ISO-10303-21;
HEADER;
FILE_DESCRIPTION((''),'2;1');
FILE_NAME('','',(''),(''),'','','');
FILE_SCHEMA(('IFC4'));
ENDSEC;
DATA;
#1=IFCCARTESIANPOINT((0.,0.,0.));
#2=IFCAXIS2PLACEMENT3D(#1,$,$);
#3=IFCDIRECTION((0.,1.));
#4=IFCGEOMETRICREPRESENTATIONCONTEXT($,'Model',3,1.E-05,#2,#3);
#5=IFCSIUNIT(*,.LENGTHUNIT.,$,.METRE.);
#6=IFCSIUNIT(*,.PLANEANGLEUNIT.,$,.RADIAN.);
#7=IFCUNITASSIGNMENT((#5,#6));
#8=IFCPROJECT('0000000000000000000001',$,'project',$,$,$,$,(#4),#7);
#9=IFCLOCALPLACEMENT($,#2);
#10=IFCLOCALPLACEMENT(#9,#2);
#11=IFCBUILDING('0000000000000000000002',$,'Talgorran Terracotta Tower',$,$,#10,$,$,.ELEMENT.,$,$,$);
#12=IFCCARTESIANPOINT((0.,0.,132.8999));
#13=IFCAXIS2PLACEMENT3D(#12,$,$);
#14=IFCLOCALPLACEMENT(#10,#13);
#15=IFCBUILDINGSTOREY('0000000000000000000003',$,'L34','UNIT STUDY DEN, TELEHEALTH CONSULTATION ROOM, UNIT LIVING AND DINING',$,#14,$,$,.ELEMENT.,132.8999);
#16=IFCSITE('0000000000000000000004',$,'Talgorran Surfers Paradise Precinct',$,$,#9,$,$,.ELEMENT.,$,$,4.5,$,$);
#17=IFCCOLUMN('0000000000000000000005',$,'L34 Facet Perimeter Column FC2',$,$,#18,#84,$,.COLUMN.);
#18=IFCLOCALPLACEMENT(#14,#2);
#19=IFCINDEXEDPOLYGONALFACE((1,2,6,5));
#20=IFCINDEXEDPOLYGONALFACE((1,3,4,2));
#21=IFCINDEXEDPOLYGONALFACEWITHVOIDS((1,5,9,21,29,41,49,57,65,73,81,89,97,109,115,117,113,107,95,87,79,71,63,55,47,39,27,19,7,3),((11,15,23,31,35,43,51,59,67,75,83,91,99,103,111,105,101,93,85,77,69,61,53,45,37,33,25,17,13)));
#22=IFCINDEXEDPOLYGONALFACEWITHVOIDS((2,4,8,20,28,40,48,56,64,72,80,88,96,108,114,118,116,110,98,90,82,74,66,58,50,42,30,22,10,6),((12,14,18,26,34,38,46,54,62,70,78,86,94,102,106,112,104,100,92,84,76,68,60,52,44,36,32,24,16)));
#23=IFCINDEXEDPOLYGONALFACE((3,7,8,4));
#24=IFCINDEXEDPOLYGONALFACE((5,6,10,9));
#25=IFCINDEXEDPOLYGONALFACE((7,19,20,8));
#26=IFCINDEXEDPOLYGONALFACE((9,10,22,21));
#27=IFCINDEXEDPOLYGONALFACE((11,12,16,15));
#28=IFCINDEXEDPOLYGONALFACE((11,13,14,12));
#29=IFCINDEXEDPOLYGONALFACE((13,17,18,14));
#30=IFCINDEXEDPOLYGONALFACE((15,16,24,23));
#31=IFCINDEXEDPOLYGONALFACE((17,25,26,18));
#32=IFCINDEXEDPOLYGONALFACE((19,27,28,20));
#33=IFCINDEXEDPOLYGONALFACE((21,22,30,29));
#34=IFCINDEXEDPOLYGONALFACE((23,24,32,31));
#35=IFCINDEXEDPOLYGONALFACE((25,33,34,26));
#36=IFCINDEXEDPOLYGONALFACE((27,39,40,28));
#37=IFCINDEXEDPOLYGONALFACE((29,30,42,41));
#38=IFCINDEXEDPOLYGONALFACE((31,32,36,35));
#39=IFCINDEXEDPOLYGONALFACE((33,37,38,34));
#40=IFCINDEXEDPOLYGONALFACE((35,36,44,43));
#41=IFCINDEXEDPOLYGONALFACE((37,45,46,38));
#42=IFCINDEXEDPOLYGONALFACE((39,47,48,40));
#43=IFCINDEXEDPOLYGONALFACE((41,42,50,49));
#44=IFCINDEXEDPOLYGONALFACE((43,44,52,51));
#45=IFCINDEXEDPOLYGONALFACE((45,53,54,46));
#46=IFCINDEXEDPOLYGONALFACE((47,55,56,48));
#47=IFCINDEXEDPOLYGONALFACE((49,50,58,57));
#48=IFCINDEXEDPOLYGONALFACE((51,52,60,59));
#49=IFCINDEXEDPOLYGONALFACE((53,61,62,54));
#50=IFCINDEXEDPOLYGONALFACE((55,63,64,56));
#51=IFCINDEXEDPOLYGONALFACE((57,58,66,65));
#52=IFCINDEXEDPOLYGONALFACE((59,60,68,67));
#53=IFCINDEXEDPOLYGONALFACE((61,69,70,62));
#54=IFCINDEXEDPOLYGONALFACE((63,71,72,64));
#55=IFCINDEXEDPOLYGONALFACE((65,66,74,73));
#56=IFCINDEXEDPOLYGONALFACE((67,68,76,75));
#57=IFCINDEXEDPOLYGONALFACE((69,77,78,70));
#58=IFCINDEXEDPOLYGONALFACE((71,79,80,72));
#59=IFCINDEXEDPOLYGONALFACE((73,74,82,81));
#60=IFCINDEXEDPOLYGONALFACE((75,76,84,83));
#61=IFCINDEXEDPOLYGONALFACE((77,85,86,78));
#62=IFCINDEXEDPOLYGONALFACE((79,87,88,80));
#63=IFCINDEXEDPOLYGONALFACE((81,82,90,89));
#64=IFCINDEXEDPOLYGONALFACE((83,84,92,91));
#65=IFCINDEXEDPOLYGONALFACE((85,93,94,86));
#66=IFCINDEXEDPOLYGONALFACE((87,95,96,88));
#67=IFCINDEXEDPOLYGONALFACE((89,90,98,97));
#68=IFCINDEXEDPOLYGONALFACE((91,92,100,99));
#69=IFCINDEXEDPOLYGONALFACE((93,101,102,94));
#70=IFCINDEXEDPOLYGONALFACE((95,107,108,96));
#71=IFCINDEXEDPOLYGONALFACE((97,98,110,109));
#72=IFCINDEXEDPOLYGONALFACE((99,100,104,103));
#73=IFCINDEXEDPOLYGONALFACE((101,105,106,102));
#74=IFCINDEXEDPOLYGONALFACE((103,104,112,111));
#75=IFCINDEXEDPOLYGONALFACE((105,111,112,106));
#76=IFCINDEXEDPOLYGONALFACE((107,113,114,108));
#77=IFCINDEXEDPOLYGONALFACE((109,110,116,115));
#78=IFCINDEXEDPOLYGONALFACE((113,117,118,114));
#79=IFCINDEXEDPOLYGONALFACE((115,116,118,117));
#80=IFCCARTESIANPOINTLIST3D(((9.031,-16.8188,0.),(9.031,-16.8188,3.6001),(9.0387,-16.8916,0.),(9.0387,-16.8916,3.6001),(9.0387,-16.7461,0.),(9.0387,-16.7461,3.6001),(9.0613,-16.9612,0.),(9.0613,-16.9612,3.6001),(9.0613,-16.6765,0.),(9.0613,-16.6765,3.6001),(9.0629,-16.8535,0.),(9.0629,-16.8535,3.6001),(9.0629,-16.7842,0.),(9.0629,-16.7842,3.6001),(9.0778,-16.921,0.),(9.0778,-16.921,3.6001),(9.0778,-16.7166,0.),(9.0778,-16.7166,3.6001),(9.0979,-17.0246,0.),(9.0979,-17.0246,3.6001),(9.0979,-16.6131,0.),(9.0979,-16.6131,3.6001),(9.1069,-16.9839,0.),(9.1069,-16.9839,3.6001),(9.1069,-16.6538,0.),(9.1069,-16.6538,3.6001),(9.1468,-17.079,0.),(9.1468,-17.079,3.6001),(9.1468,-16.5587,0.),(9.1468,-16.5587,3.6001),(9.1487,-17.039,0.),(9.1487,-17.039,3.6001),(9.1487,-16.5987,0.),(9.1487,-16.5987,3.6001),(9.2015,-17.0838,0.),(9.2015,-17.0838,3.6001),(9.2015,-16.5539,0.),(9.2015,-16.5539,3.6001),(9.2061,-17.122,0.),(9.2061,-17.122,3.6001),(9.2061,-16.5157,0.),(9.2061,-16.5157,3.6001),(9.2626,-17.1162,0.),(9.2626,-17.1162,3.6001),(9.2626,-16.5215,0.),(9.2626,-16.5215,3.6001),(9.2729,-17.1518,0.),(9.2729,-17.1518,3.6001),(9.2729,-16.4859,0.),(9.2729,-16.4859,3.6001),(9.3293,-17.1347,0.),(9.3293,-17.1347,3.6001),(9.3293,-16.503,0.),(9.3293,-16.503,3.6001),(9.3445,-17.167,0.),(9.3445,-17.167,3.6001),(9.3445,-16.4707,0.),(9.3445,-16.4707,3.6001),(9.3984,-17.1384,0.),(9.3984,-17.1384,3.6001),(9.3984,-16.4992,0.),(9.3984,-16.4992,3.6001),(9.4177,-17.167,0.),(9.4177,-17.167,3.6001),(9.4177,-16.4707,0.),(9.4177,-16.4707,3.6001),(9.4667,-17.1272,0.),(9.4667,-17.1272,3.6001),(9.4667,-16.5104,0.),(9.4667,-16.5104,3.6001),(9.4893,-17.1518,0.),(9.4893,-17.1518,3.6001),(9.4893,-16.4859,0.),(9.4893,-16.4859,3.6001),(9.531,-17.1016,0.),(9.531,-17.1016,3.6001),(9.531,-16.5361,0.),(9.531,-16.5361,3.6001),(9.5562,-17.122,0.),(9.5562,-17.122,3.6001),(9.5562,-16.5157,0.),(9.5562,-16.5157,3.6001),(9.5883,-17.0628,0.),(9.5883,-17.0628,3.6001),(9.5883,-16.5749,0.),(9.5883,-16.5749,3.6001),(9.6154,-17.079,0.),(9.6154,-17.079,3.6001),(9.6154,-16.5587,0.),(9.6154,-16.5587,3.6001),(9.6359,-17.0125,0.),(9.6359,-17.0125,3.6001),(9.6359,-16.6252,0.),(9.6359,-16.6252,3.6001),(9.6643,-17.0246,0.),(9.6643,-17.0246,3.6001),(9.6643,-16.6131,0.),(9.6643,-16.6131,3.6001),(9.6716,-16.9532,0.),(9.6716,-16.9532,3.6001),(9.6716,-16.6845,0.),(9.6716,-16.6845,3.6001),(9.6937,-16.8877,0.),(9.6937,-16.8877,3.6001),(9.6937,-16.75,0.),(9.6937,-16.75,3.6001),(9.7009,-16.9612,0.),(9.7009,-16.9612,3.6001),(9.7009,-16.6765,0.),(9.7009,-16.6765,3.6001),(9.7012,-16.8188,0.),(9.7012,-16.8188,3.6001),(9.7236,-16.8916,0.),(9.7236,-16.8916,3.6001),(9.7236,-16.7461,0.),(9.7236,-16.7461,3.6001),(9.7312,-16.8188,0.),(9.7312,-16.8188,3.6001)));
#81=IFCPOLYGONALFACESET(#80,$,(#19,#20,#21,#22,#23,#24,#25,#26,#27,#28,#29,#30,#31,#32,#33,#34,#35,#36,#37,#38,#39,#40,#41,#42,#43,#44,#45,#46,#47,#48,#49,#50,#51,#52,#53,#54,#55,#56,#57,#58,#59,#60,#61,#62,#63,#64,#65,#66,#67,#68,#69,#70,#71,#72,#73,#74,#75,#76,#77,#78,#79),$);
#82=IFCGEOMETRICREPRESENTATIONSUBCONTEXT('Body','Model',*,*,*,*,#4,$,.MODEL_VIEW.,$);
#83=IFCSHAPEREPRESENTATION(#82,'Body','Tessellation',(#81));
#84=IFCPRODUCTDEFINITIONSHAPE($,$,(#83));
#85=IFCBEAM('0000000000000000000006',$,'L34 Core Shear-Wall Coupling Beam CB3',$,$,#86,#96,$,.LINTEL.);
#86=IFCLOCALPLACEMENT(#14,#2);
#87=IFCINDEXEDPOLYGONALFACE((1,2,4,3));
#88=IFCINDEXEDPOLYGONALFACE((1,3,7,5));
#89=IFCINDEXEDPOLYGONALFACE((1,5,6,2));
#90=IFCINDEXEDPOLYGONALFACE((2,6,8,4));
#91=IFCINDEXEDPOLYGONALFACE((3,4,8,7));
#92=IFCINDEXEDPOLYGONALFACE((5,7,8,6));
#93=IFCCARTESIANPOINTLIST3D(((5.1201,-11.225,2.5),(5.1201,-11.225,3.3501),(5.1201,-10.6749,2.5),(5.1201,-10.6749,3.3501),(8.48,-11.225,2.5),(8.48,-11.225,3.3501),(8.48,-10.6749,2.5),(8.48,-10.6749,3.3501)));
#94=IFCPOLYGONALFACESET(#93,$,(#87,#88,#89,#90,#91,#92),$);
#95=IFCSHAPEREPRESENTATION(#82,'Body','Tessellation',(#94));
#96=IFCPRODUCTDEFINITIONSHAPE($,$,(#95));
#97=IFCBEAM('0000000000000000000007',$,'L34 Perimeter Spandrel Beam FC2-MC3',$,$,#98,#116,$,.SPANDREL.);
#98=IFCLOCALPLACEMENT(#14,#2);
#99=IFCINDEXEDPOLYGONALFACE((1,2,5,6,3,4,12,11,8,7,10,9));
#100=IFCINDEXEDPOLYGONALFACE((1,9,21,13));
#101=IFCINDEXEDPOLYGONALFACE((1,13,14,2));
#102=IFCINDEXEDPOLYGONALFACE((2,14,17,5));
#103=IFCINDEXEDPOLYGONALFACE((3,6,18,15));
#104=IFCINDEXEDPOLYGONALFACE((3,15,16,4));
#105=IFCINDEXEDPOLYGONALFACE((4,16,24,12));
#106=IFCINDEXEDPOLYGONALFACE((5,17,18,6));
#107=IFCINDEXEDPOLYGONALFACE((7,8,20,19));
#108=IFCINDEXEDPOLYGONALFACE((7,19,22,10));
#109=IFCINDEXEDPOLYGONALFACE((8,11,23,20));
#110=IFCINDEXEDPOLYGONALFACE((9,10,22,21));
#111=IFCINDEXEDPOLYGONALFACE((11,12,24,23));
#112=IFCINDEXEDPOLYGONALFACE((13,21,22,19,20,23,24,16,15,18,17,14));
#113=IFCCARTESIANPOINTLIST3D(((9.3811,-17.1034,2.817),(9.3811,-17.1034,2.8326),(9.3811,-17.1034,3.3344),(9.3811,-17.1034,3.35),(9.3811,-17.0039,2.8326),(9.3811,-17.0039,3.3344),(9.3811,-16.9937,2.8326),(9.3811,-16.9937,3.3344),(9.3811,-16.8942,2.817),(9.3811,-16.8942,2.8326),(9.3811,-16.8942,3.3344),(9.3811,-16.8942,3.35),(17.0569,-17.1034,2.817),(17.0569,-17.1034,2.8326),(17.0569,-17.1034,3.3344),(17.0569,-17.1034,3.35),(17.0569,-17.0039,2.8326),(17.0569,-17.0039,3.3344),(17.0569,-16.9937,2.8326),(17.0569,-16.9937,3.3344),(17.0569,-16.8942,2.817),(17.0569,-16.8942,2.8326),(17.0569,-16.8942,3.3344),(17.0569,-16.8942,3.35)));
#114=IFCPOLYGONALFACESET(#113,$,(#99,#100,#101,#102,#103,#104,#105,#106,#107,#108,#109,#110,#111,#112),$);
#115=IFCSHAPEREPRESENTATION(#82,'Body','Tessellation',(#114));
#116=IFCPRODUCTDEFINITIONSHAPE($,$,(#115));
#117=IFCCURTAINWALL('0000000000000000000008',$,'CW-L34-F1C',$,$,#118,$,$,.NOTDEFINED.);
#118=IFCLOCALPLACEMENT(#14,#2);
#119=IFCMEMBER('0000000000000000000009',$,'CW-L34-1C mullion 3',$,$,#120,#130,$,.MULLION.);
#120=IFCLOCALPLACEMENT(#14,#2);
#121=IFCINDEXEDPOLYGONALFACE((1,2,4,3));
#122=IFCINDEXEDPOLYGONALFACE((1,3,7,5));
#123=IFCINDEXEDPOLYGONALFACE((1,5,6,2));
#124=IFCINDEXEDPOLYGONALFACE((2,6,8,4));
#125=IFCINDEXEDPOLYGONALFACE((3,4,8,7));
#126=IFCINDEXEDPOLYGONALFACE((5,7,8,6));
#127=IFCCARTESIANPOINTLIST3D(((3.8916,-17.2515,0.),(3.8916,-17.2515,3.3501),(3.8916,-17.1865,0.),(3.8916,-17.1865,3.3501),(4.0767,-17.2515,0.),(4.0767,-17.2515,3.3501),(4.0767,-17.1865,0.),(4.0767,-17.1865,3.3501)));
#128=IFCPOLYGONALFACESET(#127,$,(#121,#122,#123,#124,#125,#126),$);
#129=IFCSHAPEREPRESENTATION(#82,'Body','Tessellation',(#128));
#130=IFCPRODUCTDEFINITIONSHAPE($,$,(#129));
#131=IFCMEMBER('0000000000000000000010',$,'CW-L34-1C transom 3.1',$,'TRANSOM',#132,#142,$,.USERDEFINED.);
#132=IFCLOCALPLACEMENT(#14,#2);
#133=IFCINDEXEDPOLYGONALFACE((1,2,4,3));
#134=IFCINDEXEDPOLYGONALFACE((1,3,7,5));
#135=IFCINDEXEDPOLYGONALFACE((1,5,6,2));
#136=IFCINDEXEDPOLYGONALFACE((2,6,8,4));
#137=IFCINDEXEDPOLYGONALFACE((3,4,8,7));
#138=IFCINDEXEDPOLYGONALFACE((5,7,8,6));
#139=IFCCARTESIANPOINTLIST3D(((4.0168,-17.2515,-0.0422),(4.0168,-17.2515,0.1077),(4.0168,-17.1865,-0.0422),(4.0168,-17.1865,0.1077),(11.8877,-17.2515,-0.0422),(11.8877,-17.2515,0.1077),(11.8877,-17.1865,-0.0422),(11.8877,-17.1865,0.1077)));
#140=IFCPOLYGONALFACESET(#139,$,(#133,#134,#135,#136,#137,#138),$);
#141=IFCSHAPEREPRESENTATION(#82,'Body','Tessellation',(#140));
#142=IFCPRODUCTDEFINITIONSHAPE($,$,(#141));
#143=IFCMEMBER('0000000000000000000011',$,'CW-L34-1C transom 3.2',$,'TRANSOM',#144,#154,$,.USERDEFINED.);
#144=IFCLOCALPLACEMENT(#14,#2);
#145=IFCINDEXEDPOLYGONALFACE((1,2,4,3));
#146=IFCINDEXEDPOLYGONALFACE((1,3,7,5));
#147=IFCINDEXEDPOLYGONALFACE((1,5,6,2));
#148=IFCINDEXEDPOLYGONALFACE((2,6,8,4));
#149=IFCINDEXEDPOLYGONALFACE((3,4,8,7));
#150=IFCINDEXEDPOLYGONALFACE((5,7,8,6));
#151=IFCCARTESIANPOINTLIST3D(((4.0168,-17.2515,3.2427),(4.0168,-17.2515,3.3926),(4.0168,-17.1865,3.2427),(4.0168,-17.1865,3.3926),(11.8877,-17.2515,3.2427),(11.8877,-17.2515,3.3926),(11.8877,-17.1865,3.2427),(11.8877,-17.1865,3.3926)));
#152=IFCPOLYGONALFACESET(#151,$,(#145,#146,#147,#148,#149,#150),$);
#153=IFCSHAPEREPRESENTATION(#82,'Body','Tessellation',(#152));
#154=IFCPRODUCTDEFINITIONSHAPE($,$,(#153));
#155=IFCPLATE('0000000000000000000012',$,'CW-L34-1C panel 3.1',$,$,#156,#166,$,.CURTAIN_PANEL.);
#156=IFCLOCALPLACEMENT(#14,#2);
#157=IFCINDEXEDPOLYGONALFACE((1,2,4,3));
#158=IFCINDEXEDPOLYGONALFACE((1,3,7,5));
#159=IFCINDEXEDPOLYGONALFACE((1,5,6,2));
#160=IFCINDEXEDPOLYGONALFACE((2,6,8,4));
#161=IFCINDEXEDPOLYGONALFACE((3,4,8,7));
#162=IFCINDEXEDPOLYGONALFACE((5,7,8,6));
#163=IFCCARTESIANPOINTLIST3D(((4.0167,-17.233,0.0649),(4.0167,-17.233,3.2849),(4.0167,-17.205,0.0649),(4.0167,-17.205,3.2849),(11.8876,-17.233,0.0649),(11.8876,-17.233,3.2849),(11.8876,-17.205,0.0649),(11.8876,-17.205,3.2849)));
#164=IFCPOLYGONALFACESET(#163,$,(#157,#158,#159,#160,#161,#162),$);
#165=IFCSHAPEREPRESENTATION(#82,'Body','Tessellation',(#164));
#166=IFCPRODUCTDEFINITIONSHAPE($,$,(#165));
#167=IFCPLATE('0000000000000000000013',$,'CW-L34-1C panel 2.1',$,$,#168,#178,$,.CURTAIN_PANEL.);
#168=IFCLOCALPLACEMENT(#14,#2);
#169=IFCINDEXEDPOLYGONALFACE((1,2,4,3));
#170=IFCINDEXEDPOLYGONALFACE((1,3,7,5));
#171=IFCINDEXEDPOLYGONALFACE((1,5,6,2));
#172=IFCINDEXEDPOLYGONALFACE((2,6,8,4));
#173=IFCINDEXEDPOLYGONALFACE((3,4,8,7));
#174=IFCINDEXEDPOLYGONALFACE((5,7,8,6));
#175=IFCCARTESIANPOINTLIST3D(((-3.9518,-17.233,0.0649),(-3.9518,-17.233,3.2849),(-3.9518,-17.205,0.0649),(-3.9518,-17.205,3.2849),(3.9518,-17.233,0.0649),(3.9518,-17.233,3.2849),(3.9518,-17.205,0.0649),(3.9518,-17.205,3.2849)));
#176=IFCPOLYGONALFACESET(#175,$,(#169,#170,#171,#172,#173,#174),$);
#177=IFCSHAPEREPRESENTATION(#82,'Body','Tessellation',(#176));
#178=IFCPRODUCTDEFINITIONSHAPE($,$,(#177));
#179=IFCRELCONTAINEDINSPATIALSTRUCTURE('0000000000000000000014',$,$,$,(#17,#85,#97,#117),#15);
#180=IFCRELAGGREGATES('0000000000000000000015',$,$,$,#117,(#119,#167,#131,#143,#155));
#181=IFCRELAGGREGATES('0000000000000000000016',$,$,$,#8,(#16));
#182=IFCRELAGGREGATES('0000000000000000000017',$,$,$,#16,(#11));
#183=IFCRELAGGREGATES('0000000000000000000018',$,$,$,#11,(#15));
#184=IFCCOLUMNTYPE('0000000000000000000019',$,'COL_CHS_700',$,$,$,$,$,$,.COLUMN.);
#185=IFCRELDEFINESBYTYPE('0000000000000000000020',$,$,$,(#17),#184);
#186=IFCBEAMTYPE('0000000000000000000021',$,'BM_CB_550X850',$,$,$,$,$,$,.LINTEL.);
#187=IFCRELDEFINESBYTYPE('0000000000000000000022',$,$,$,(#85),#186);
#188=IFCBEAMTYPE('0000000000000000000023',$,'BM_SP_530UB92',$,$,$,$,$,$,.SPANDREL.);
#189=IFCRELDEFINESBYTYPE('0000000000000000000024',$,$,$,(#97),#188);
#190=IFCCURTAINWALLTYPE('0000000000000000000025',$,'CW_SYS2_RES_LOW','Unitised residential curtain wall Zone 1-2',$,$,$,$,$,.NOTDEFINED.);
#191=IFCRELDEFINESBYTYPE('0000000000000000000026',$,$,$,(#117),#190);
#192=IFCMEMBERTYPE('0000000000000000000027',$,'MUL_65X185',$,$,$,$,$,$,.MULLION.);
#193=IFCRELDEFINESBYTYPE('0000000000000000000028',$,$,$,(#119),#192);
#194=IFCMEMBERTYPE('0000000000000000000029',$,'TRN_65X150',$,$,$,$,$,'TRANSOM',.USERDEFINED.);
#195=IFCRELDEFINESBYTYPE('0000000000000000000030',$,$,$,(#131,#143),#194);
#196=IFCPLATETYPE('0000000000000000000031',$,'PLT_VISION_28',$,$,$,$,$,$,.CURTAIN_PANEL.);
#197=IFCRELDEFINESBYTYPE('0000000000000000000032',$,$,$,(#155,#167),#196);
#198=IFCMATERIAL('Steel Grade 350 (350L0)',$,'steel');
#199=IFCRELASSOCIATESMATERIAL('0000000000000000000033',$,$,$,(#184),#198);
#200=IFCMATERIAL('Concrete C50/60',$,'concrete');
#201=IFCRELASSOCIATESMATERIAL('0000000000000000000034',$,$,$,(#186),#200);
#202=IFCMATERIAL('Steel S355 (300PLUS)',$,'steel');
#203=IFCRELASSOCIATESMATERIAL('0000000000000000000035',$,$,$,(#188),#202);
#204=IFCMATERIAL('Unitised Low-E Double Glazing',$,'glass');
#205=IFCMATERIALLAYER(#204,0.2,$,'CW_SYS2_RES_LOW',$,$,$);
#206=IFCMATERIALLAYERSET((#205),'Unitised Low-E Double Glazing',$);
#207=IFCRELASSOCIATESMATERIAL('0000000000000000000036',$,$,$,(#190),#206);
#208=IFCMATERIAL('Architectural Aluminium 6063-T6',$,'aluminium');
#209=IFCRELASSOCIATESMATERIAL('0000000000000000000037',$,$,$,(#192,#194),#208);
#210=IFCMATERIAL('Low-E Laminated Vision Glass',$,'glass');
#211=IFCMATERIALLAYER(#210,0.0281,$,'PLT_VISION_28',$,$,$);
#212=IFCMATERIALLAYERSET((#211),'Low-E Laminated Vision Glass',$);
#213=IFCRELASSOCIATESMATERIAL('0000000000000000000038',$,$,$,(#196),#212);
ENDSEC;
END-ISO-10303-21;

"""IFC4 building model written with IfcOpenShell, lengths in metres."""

from ifc_helpers import new_model, si_unit, direction, frame, origin, origin_2d, place, context, subcontext, project, spatial, rectangle, hollow_circle, i_section, extrude, source, transform, mapped, material, layer, layer_set, material_profile, profile_set, type_object, type_shapes, element, aggregate, save


model = new_model("IFC4")

# Units and contexts
model_context = context("Model", 3, precision=1e-05, world=origin(), true_north=direction((0.0, 1.0)))
body_context = subcontext(model_context, "Body", "Model", "MODEL_VIEW")
ifc_project = project(units=[si_unit("LENGTHUNIT", "METRE"), si_unit("PLANEANGLEUNIT", "RADIAN")], contexts=[model_context])

# Site, building, storey
site_placement = place(None, origin())
site = spatial("IfcSite", under=ifc_project, at=site_placement, Name="Talgorran Surfers Paradise Precinct", CompositionType="ELEMENT", RefElevation=4.5)
building_placement = place(site_placement, origin())
building = spatial("IfcBuilding", under=site, at=building_placement, Name="Talgorran Terracotta Tower", CompositionType="ELEMENT")
storey_placement = place(building_placement, frame((0.0, 0.0, 132.8999)))
storey = spatial("IfcBuildingStorey", under=building, at=storey_placement, Name="L34", Description="UNIT STUDY DEN, TELEHEALTH CONSULTATION ROOM, UNIT LIVING AND DINING", CompositionType="ELEMENT", Elevation=132.8999)

# Column
ifc_material_1 = material(Name="Steel Grade 350 (350L0)", Category="steel")
ifc_material_profile_1 = material_profile(ifc_material_1, hollow_circle(Radius=0.3501, WallThickness=0.03, at=origin_2d()), Name="CHS700X30")
ifc_profile_set_1 = profile_set([ifc_material_profile_1], Name="Steel Grade 350 (350L0)")
column_type = type_object("IfcColumnType", Name="COL_CHS_700", PredefinedType="COLUMN", material=ifc_profile_set_1)
column_placement = place(storey_placement, frame((9.3811, -16.8188, 0.0), z_axis=(0.0, 0.0, 1.0), x_axis=(1.0, 0.0, 0.0)))
element("IfcColumn", 1, at=column_placement, inside=storey, type_object=column_type, Name="L34 Facet Perimeter Column FC2", PredefinedType="COLUMN", context=body_context, shape_type="SweptSolid", body=[
    extrude(hollow_circle(Radius=0.3501, WallThickness=0.03, at=origin_2d()), origin(), (0.0, 0.0, 1.0), 3.6001),
])

# Beams
ifc_material_2 = material(Name="Concrete C50/60", Category="concrete")
ifc_material_profile_2 = material_profile(ifc_material_2, rectangle(XDim=0.55, YDim=0.8501, at=origin_2d()), Name="RCCB550X850")
ifc_profile_set_2 = profile_set([ifc_material_profile_2], Name="Concrete C50/60")
beam_type_1 = type_object("IfcBeamType", Name="BM_CB_550X850", PredefinedType="LINTEL", material=ifc_profile_set_2)
beam_1_placement = place(storey_placement, frame((5.1201, -10.95, 2.925), z_axis=(1.0, 0.0, 0.0), x_axis=(0.0, 1.0, 0.0)))
element("IfcBeam", 2, at=beam_1_placement, inside=storey, type_object=beam_type_1, Name="L34 Core Shear-Wall Coupling Beam CB3", PredefinedType="LINTEL", context=body_context, shape_type="SweptSolid", body=[
    extrude(rectangle(XDim=0.55, YDim=0.8501, at=origin_2d()), origin(), (0.0, 0.0, 1.0), 3.3599),
])
ifc_material_3 = material(Name="Steel S355 (300PLUS)", Category="steel")
ifc_material_profile_3 = material_profile(ifc_material_3, i_section(OverallWidth=0.2092, OverallDepth=0.533, WebThickness=0.0103, FlangeThickness=0.0156, at=origin_2d()), Name="530UB92.4")
ifc_profile_set_3 = profile_set([ifc_material_profile_3], Name="Steel S355 (300PLUS)")
beam_type_2 = type_object("IfcBeamType", Name="BM_SP_530UB92", PredefinedType="SPANDREL", material=ifc_profile_set_3)
beam_2_placement = place(storey_placement, frame((9.3811, -16.9988, 3.0835), z_axis=(1.0, 0.0, 0.0), x_axis=(0.0, 1.0, 0.0)))
element("IfcBeam", 3, at=beam_2_placement, inside=storey, type_object=beam_type_2, Name="L34 Perimeter Spandrel Beam FC2-MC3", PredefinedType="SPANDREL", context=body_context, shape_type="SweptSolid", body=[
    extrude(i_section(OverallWidth=0.2092, OverallDepth=0.533, WebThickness=0.0103, FlangeThickness=0.0156, at=origin_2d()), origin(), (0.0, 0.0, 1.0), 7.6758),
])

# Curtain wall, members, plates
ifc_material_4 = material(Name="Unitised Low-E Double Glazing", Category="glass")
ifc_layer_1 = layer(ifc_material_4, 0.2, Name="CW_SYS2_RES_LOW")
ifc_layer_set_1 = layer_set([ifc_layer_1], Name="Unitised Low-E Double Glazing")
curtain_wall_type = type_object("IfcCurtainWallType", Name="CW_SYS2_RES_LOW", Description="Unitised residential curtain wall Zone 1-2", PredefinedType="NOTDEFINED", material=ifc_layer_set_1)
curtain_wall_placement = place(storey_placement, origin())
curtain_wall = element("IfcCurtainWall", 4, at=curtain_wall_placement, inside=storey, type_object=curtain_wall_type, Name="CW-L34-F1C", PredefinedType="NOTDEFINED")
ifc_material_5 = material(Name="Architectural Aluminium 6063-T6", Category="aluminium")
ifc_material_profile_4 = material_profile(ifc_material_5, rectangle(XDim=0.0649, YDim=0.1851, at=origin_2d()), Name="CWM65X185")
ifc_profile_set_4 = profile_set([ifc_material_profile_4], Name="Architectural Aluminium 6063-T6")
member_type_1 = type_object("IfcMemberType", Name="MUL_65X185", PredefinedType="MULLION", material=ifc_profile_set_4)
member_1_placement = place(storey_placement, frame((3.9841, -17.219, 0.0), z_axis=(0.0, 0.0, 1.0), x_axis=(0.0, 1.0, 0.0)))
member_1 = element("IfcMember", 5, at=member_1_placement, type_object=member_type_1, Name="CW-L34-1C mullion 3", PredefinedType="MULLION", context=body_context, shape_type="SweptSolid", body=[
    extrude(rectangle(XDim=0.0649, YDim=0.1851, at=origin_2d()), origin(), (0.0, 0.0, 1.0), 3.3501),
])
ifc_material_profile_5 = material_profile(ifc_material_5, rectangle(XDim=0.0649, YDim=0.1499, at=origin_2d()), Name="CWT65X150")
ifc_profile_set_5 = profile_set([ifc_material_profile_5], Name="Architectural Aluminium 6063-T6")
member_type_2 = type_object("IfcMemberType", Name="TRN_65X150", ElementType="TRANSOM", PredefinedType="USERDEFINED", material=ifc_profile_set_5)
member_2_placement = place(storey_placement, frame((4.0168, -17.219, 0.0327), z_axis=(1.0, 0.0, 0.0), x_axis=(0.0, 1.0, 0.0)))
member_2 = element("IfcMember", 6, at=member_2_placement, type_object=member_type_2, Name="CW-L34-1C transom 3.1", ObjectType="TRANSOM", PredefinedType="USERDEFINED", context=body_context, shape_type="SweptSolid", body=[
    extrude(rectangle(XDim=0.0649, YDim=0.1499, at=origin_2d()), origin(), (0.0, 0.0, 1.0), 7.8708),
])
member_3_placement = place(storey_placement, frame((4.0168, -17.219, 3.3176), z_axis=(1.0, 0.0, 0.0), x_axis=(0.0, 1.0, 0.0)))
member_3 = element("IfcMember", 7, at=member_3_placement, type_object=member_type_2, Name="CW-L34-1C transom 3.2", ObjectType="TRANSOM", PredefinedType="USERDEFINED", context=body_context, shape_type="SweptSolid", body=[
    extrude(rectangle(XDim=0.0649, YDim=0.1499, at=origin_2d()), origin(), (0.0, 0.0, 1.0), 7.8708),
])
ifc_material_6 = material(Name="Low-E Laminated Vision Glass", Category="glass")
ifc_layer_2 = layer(ifc_material_6, 0.0281, Name="PLT_VISION_28")
ifc_layer_set_2 = layer_set([ifc_layer_2], Name="Low-E Laminated Vision Glass")
plate_type = type_object("IfcPlateType", Name="PLT_VISION_28", PredefinedType="CURTAIN_PANEL", material=ifc_layer_set_2)
shared_shape_1 = source(origin(), body_context, "Body", "SweptSolid", [
    extrude(rectangle(XDim=7.8708, YDim=0.0281, at=origin_2d()), origin(), (0.0, 0.0, 1.0), 3.22),
])
plate_1_placement = place(storey_placement, frame((7.9521, -17.219, 0.0649), z_axis=(0.0, 0.0, 1.0), x_axis=(1.0, 0.0, 0.0)))
plate_1 = element("IfcPlate", 8, at=plate_1_placement, type_object=plate_type, Name="CW-L34-1C panel 3.1", PredefinedType="CURTAIN_PANEL", context=body_context, shape_type="MappedRepresentation", body=[
    mapped(shared_shape_1, transform((0.0, 0.0, 0.0), scale=1.0)),
])
shared_shape_2 = source(origin(), body_context, "Body", "SweptSolid", [
    extrude(rectangle(XDim=7.9036, YDim=0.0281, at=origin_2d()), origin(), (0.0, 0.0, 1.0), 3.22),
])
type_shapes(plate_type, [shared_shape_1, shared_shape_2])
plate_2_placement = place(storey_placement, frame((0.0, -17.219, 0.0649), z_axis=(0.0, 0.0, 1.0), x_axis=(1.0, 0.0, 0.0)))
plate_2 = element("IfcPlate", 9, at=plate_2_placement, type_object=plate_type, Name="CW-L34-1C panel 2.1", PredefinedType="CURTAIN_PANEL", context=body_context, shape_type="MappedRepresentation", body=[
    mapped(shared_shape_2, transform((0.0, 0.0, 0.0), scale=1.0)),
])
aggregate(curtain_wall, [member_1, plate_2, member_2, member_3, plate_1])

save(model, "model.ifc")
